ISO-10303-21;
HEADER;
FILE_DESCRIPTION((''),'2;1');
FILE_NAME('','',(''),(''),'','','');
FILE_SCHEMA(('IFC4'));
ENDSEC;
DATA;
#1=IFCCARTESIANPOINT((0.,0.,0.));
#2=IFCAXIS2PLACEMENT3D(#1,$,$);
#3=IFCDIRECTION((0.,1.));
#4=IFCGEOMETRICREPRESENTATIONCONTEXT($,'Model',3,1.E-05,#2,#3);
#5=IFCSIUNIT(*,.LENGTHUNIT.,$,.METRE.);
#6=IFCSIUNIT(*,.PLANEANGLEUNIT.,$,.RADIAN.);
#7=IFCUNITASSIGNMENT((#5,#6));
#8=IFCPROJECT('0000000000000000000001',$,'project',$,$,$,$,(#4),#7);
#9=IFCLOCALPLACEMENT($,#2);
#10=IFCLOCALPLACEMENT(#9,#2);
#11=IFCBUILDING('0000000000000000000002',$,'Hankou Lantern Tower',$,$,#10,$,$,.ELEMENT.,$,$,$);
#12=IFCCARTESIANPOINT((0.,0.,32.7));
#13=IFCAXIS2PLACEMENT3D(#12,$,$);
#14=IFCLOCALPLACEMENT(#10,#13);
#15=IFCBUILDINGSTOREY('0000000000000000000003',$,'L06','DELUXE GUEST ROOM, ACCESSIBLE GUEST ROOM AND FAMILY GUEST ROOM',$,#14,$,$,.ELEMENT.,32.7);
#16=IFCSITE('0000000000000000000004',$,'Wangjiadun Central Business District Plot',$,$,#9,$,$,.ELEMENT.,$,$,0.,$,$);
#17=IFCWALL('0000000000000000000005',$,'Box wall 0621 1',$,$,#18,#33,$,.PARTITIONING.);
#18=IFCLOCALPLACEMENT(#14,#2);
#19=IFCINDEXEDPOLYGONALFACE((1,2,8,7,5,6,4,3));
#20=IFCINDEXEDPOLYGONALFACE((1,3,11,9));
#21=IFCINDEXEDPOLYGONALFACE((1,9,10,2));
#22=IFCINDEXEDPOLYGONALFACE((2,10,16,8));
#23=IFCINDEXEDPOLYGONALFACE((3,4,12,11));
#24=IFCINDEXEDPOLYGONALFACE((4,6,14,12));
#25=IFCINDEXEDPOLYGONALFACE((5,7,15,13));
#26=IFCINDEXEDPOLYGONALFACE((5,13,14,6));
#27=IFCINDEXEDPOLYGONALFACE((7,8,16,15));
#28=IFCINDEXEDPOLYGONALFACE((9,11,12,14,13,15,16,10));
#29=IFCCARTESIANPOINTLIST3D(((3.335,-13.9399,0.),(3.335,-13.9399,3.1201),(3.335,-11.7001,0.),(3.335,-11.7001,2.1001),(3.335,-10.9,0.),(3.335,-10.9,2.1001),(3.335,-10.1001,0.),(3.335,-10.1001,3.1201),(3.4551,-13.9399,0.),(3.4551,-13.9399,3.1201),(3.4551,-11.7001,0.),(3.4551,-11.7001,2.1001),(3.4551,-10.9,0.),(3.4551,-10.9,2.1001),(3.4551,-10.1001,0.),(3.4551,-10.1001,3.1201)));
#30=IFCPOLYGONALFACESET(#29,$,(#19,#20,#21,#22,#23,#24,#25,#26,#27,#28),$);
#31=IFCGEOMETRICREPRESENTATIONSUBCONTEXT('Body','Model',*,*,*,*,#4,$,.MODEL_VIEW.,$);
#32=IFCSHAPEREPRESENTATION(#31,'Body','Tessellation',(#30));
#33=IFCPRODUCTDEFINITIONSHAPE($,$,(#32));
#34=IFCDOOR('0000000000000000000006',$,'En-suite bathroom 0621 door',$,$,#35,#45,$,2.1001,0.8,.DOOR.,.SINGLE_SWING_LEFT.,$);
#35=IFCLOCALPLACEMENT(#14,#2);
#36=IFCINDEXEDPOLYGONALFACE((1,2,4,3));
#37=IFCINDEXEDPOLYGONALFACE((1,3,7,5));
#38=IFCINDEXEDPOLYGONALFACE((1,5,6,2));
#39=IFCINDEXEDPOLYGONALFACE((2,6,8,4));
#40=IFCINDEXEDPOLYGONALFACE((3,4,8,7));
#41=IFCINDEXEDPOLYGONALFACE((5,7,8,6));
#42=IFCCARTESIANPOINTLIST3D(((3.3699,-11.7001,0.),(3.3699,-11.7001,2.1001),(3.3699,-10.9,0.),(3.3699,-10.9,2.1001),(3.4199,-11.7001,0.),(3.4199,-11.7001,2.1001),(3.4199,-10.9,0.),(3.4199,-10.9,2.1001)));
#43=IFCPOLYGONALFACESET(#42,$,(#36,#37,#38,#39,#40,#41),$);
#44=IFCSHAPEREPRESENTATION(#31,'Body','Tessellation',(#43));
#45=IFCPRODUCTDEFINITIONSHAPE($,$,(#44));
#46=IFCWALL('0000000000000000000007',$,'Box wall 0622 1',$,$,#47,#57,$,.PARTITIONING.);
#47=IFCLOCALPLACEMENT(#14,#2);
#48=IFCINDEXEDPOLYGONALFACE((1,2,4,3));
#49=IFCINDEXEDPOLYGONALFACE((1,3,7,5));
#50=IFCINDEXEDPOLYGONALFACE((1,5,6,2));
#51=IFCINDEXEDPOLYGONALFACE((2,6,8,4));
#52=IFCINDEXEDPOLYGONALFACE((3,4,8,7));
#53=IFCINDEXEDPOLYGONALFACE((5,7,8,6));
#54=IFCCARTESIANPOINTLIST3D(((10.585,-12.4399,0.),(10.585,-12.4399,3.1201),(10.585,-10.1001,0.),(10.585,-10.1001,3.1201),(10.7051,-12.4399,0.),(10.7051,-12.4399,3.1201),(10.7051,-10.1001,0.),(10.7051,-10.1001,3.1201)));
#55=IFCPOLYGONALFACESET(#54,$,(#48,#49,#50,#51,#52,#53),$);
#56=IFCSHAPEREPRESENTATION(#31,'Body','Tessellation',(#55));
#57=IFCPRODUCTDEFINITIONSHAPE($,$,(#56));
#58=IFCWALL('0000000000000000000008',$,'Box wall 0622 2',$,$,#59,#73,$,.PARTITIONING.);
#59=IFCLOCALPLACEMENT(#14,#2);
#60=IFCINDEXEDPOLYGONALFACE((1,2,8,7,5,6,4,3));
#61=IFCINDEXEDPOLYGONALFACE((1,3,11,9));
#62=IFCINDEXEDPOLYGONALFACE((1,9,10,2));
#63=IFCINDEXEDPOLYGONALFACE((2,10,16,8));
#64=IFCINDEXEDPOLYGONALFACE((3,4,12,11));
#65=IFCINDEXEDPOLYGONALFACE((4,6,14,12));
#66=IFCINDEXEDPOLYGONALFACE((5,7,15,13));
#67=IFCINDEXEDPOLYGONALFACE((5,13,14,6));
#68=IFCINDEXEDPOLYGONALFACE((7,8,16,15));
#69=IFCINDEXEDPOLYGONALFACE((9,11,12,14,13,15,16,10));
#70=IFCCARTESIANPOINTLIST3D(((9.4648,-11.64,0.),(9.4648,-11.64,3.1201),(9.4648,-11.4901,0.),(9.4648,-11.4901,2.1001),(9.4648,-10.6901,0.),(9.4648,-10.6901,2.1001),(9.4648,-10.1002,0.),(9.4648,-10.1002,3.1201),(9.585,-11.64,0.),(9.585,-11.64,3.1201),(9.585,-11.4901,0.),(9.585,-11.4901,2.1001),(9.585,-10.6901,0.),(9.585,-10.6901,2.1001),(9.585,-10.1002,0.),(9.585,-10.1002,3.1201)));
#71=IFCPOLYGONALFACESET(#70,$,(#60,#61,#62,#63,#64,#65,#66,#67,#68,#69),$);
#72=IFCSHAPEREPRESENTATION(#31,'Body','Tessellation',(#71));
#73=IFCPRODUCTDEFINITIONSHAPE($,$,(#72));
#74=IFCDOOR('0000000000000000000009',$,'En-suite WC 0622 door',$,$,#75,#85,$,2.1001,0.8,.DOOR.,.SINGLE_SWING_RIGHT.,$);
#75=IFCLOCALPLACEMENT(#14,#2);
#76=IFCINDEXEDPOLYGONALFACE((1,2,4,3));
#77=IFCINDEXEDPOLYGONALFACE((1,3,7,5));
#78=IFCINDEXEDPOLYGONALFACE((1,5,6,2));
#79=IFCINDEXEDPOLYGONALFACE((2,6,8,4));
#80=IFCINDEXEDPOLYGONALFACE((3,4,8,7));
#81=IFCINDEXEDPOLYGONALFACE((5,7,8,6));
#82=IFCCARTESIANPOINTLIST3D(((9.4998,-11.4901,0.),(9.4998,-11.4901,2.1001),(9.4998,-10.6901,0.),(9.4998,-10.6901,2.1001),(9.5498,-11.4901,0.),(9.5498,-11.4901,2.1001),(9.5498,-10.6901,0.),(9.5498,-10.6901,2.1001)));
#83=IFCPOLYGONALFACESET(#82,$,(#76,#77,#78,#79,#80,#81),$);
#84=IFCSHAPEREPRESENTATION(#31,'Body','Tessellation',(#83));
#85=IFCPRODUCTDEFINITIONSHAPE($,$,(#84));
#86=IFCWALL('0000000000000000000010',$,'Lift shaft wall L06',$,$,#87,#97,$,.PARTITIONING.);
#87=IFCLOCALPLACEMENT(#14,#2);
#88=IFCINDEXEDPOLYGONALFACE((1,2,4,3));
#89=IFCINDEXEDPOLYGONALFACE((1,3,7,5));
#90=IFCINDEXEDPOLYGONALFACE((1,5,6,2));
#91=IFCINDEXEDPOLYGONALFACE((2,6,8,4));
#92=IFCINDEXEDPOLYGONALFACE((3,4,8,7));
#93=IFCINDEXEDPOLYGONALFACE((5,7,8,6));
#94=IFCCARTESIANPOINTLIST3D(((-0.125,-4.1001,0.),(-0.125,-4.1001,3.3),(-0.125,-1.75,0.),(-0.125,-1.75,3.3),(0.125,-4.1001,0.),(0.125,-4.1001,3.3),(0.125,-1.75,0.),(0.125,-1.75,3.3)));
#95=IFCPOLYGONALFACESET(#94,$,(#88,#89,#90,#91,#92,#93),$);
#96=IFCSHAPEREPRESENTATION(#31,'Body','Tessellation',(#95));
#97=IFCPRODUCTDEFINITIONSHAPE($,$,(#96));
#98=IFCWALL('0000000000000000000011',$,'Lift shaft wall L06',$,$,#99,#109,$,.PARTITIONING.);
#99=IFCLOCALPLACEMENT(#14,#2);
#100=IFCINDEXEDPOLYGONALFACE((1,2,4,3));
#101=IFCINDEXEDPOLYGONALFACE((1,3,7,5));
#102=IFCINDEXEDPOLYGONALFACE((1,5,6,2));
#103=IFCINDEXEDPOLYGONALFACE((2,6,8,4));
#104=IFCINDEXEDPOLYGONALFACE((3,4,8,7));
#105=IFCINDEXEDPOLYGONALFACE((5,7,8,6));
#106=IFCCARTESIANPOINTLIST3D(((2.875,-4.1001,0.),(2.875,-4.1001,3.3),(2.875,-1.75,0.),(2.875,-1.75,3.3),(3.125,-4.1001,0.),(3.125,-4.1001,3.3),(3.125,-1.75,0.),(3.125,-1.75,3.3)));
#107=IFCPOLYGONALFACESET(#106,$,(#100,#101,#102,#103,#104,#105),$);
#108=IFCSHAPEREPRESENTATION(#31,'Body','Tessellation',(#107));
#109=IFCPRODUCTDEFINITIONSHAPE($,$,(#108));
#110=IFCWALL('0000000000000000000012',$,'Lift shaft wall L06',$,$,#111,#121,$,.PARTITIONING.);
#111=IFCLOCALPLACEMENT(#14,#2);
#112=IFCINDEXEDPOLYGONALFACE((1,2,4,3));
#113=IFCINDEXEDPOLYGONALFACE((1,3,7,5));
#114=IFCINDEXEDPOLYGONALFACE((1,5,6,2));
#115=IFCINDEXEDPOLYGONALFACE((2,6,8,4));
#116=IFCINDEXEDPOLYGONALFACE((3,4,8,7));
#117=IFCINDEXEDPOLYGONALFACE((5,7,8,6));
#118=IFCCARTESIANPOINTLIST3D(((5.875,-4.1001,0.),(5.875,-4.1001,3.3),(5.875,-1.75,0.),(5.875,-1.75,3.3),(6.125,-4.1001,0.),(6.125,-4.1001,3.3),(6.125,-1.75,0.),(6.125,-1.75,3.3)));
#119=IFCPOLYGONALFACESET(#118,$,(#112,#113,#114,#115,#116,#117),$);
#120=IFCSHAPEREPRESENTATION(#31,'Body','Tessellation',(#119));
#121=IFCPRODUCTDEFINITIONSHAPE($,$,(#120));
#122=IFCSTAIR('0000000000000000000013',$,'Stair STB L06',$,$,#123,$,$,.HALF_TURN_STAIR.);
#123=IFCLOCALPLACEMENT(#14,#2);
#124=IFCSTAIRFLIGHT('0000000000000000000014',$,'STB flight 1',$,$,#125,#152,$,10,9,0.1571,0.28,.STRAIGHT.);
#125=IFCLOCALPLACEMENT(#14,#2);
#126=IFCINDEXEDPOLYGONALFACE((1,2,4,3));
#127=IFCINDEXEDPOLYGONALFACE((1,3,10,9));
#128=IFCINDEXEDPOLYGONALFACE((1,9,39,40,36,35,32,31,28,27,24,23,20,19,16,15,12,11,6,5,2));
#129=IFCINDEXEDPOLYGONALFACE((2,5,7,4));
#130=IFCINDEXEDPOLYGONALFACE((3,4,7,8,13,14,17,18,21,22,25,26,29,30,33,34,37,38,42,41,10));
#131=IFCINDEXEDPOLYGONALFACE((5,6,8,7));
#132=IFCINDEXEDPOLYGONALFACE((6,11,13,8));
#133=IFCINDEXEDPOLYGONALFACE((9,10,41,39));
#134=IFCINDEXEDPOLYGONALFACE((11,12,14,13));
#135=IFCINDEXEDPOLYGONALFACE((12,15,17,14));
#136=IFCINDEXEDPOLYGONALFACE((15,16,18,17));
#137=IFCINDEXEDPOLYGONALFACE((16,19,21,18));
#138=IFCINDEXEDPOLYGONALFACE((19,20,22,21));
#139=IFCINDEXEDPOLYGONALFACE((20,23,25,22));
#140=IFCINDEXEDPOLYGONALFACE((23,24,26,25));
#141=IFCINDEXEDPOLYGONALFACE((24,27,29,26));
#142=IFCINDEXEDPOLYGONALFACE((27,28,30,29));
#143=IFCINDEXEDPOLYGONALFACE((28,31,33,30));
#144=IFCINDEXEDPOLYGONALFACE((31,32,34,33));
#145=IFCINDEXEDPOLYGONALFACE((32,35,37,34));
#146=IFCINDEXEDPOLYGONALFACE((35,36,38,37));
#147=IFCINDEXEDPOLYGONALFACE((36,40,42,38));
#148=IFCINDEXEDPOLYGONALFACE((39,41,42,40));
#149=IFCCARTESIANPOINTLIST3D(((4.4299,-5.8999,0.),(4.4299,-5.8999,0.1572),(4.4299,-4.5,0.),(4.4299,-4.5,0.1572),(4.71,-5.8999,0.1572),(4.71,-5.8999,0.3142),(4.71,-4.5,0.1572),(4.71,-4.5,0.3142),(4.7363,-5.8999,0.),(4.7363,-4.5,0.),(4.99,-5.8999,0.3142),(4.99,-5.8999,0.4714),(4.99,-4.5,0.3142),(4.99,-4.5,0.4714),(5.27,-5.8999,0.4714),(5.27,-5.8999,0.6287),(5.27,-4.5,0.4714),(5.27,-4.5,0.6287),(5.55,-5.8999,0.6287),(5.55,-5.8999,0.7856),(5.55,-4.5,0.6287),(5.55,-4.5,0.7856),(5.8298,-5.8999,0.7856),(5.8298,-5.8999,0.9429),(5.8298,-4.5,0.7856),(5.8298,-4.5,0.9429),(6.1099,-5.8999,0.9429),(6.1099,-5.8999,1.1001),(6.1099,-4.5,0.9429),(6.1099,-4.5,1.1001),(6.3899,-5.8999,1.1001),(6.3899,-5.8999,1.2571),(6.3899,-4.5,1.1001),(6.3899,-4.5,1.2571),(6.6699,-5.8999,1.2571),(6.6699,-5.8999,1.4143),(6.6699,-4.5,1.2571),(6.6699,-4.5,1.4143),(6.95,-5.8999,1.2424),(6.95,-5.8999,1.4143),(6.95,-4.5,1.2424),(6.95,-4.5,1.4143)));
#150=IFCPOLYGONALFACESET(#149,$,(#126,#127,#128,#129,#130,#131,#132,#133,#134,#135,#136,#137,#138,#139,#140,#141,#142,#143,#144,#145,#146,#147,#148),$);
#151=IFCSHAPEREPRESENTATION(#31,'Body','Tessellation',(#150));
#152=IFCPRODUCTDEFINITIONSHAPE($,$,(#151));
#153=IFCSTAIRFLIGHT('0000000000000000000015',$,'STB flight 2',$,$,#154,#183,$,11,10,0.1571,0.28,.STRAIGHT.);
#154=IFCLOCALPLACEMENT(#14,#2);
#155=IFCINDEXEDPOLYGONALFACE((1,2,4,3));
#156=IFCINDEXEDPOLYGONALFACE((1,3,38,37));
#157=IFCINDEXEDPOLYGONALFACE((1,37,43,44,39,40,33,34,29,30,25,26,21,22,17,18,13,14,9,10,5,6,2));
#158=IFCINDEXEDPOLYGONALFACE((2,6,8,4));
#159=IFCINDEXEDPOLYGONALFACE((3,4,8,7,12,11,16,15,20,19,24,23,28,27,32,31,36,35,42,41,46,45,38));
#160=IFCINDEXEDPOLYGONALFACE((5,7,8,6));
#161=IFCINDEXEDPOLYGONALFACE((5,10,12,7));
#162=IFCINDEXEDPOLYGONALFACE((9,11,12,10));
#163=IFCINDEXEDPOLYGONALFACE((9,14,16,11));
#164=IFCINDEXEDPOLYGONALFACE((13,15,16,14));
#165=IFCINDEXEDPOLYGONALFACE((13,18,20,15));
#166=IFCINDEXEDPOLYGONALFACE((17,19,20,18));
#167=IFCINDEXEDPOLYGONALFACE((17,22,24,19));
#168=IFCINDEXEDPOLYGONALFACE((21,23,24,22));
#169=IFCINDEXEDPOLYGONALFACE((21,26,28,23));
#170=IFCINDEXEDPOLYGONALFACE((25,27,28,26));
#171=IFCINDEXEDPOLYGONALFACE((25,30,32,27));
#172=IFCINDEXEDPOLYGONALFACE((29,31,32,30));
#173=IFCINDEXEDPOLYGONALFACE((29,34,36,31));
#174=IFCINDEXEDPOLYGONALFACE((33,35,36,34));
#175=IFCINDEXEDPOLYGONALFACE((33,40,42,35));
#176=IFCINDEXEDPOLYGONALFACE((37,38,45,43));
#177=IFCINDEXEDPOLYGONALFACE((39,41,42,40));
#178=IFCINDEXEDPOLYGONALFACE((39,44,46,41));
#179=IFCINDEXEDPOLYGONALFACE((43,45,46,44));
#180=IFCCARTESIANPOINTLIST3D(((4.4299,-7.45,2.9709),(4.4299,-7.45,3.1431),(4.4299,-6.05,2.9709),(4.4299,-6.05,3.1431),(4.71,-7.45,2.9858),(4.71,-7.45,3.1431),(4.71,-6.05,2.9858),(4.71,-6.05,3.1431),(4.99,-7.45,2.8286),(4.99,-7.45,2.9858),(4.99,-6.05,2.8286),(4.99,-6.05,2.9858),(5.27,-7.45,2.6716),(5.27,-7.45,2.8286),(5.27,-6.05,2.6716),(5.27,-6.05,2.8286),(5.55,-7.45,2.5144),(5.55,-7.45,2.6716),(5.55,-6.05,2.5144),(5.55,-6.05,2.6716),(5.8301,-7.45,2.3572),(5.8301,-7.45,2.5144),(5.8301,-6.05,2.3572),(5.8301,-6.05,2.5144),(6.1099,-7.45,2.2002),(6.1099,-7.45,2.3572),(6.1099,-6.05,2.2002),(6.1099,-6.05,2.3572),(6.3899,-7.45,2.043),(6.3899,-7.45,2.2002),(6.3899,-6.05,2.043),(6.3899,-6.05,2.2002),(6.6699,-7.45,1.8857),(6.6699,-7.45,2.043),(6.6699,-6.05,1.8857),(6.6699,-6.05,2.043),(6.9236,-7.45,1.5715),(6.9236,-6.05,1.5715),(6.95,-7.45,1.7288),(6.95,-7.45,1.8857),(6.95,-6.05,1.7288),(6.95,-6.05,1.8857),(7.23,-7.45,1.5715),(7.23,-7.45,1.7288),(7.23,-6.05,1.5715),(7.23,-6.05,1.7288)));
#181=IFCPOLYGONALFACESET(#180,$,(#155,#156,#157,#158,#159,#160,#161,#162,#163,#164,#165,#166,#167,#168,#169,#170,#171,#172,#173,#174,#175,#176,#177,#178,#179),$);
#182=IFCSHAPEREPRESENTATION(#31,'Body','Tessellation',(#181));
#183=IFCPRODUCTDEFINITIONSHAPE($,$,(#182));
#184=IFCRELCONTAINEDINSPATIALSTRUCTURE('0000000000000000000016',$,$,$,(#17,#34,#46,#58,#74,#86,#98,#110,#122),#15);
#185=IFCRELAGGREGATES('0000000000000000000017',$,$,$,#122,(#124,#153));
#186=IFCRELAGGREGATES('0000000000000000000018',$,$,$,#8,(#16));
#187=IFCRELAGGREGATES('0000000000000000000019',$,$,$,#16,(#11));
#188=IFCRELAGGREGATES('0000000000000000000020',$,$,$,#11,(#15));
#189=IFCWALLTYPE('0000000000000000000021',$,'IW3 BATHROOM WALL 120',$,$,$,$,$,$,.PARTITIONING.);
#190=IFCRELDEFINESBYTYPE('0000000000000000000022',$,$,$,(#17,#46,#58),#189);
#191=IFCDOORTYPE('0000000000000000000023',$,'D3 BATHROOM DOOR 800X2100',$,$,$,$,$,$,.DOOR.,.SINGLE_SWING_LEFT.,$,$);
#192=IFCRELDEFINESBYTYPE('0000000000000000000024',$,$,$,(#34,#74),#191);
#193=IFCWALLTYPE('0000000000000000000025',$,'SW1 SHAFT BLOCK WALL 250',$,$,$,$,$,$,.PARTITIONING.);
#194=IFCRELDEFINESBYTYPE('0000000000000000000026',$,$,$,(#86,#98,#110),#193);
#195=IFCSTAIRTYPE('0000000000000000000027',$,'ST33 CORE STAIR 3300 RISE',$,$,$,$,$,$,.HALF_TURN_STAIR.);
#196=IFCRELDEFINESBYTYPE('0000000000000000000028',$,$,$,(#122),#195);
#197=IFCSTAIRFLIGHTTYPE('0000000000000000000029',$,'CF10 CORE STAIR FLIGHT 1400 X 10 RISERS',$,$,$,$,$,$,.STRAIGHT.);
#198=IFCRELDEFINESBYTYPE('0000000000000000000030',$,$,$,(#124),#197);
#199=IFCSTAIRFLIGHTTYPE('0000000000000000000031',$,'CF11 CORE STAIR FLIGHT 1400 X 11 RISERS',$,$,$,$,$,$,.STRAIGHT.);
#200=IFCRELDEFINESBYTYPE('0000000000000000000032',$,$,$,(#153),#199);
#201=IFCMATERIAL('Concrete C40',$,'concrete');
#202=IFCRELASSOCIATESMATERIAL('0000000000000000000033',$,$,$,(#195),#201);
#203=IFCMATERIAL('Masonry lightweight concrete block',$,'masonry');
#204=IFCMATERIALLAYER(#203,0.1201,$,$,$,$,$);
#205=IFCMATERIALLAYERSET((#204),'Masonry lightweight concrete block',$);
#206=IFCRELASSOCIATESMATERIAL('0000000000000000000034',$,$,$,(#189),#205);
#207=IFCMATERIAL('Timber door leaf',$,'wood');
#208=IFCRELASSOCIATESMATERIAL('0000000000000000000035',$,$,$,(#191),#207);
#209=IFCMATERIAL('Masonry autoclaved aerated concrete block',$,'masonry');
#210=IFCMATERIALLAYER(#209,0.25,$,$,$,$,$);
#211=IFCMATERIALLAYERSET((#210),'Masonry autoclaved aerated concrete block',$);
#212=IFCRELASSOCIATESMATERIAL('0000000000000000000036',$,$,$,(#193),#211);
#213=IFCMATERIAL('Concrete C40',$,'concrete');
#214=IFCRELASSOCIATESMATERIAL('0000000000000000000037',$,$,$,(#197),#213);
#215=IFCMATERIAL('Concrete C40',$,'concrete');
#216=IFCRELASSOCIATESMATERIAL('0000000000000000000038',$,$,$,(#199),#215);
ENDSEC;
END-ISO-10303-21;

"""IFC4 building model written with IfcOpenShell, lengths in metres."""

from ifc_helpers import new_model, si_unit, direction, frame, frame_2d, origin, place, context, subcontext, project, spatial, polyline, rectangle, outline, extrude, material, layer, layer_set, type_object, element, fill, aggregate, save


model = new_model("IFC4")

# Units and contexts
model_context = context("Model", 3, precision=1e-05, world=origin(), true_north=direction((0.0, 1.0)))
body_context = subcontext(model_context, "Body", "Model", "MODEL_VIEW")
ifc_project = project(units=[si_unit("LENGTHUNIT", "METRE"), si_unit("PLANEANGLEUNIT", "RADIAN")], contexts=[model_context])

# Site, building, storey
site_placement = place(None, origin())
site = spatial("IfcSite", under=ifc_project, at=site_placement, Name="Wangjiadun Central Business District Plot", CompositionType="ELEMENT", RefElevation=0.0)
building_placement = place(site_placement, origin())
building = spatial("IfcBuilding", under=site, at=building_placement, Name="Hankou Lantern Tower", CompositionType="ELEMENT")
storey_placement = place(building_placement, frame((0.0, 0.0, 32.7)))
storey = spatial("IfcBuildingStorey", under=building, at=storey_placement, Name="L06", Description="DELUXE GUEST ROOM, ACCESSIBLE GUEST ROOM AND FAMILY GUEST ROOM", CompositionType="ELEMENT", Elevation=32.7)

# Shared definitions
ifc_material_1 = material(Name="Concrete C40", Category="concrete")
stair_type = type_object("IfcStairType", Name="ST33 CORE STAIR 3300 RISE", PredefinedType="HALF_TURN_STAIR", material=ifc_material_1)

# Wall, opening, door
ifc_material_2 = material(Name="Masonry lightweight concrete block", Category="masonry")
ifc_layer_1 = layer(ifc_material_2, 0.1201)
ifc_layer_set_1 = layer_set([ifc_layer_1], Name="Masonry lightweight concrete block")
wall_type_1 = type_object("IfcWallType", Name="IW3 BATHROOM WALL 120", PredefinedType="PARTITIONING", material=ifc_layer_set_1)
wall_1_placement = place(storey_placement, frame((3.395, -10.1001, 0.0), z_axis=(0.0, 0.0, 1.0), x_axis=(0.0, -1.0, 0.0)))
wall_1 = element("IfcWall", 1, at=wall_1_placement, inside=storey, type_object=wall_type_1, Name="Box wall 0621 1", PredefinedType="PARTITIONING", context=body_context, shape_type="SweptSolid", body=[
    extrude(rectangle(XDim=3.8398, YDim=0.1201, at=frame_2d((1.9199, 0.0))), origin(), (0.0, 0.0, 1.0), 3.1201),
])
opening_1_placement = place(wall_1_placement, frame((0.8, 0.0, 0.0)))
opening_1 = element("IfcOpeningElement", 2, at=opening_1_placement, cuts=wall_1, PredefinedType="OPENING", context=body_context, shape_type="SweptSolid", body=[
    extrude(rectangle(XDim=0.8, YDim=2.1001, at=frame_2d((0.3999, 1.05))), frame((0.0, 0.0701, 0.0), z_axis=(0.0, -1.0, 0.0), x_axis=(1.0, 0.0, 0.0)), (0.0, 0.0, 1.0), 0.1401),
])
ifc_material_3 = material(Name="Timber door leaf", Category="wood")
door_type_1 = type_object("IfcDoorType", Name="D3 BATHROOM DOOR 800X2100", OperationType="SINGLE_SWING_LEFT", PredefinedType="DOOR", material=ifc_material_3)
door_1_placement = place(opening_1_placement, origin())
door_1 = element("IfcDoor", 3, at=door_1_placement, inside=storey, type_object=door_type_1, Name="En-suite bathroom 0621 door", OperationType="SINGLE_SWING_LEFT", OverallHeight=2.1001, OverallWidth=0.8, PredefinedType="DOOR", context=body_context, shape_type="SweptSolid", body=[
    extrude(rectangle(XDim=0.8, YDim=2.1001, at=frame_2d((0.3999, 1.05))), frame((0.0, 0.0249, 0.0), z_axis=(0.0, -1.0, 0.0), x_axis=(1.0, 0.0, 0.0)), (0.0, 0.0, 1.0), 0.05),
])
fill(opening_1, door_1)

# Wall
wall_2_placement = place(storey_placement, frame((10.645, -10.1001, 0.0), z_axis=(0.0, 0.0, 1.0), x_axis=(0.0, -1.0, 0.0)))
element("IfcWall", 4, at=wall_2_placement, inside=storey, type_object=wall_type_1, Name="Box wall 0622 1", PredefinedType="PARTITIONING", context=body_context, shape_type="SweptSolid", body=[
    extrude(rectangle(XDim=2.3398, YDim=0.1201, at=frame_2d((1.1699, 0.0))), origin(), (0.0, 0.0, 1.0), 3.1201),
])

# Wall, opening, door
wall_3_placement = place(storey_placement, frame((9.5249, -10.1001, 0.0), z_axis=(0.0, 0.0, 1.0), x_axis=(0.0, -1.0, 0.0)))
wall_3 = element("IfcWall", 5, at=wall_3_placement, inside=storey, type_object=wall_type_1, Name="Box wall 0622 2", PredefinedType="PARTITIONING", context=body_context, shape_type="SweptSolid", body=[
    extrude(rectangle(XDim=1.5398, YDim=0.1201, at=frame_2d((0.77, 0.0))), origin(), (0.0, 0.0, 1.0), 3.1201),
])
opening_2_placement = place(wall_3_placement, frame((0.5901, 0.0, 0.0)))
opening_2 = element("IfcOpeningElement", 6, at=opening_2_placement, cuts=wall_3, PredefinedType="OPENING", context=body_context, shape_type="SweptSolid", body=[
    extrude(rectangle(XDim=0.8, YDim=2.1001, at=frame_2d((0.3999, 1.05))), frame((0.0, 0.0701, 0.0), z_axis=(0.0, -1.0, 0.0), x_axis=(1.0, 0.0, 0.0)), (0.0, 0.0, 1.0), 0.1401),
])
door_2_placement = place(opening_2_placement, origin())
door_2 = element("IfcDoor", 7, at=door_2_placement, inside=storey, type_object=door_type_1, Name="En-suite WC 0622 door", OperationType="SINGLE_SWING_RIGHT", OverallHeight=2.1001, OverallWidth=0.8, PredefinedType="DOOR", context=body_context, shape_type="SweptSolid", body=[
    extrude(rectangle(XDim=0.8, YDim=2.1001, at=frame_2d((0.3999, 1.05))), frame((0.0, 0.0249, 0.0), z_axis=(0.0, -1.0, 0.0), x_axis=(1.0, 0.0, 0.0)), (0.0, 0.0, 1.0), 0.05),
])
fill(opening_2, door_2)

# Walls
ifc_material_4 = material(Name="Masonry autoclaved aerated concrete block", Category="masonry")
ifc_layer_2 = layer(ifc_material_4, 0.25)
ifc_layer_set_2 = layer_set([ifc_layer_2], Name="Masonry autoclaved aerated concrete block")
wall_type_2 = type_object("IfcWallType", Name="SW1 SHAFT BLOCK WALL 250", PredefinedType="PARTITIONING", material=ifc_layer_set_2)
for number, where, z_axis, x_axis, name in (
    (8, (0.0, -4.1001, 0.0), (0.0, 0.0, 1.0), (0.0, 1.0, 0.0), "Lift shaft wall L06"),
    (9, (3.0, -4.1001, 0.0), (0.0, 0.0, 1.0), (0.0, 1.0, 0.0), "Lift shaft wall L06"),
    (10, (6.0, -4.1001, 0.0), (0.0, 0.0, 1.0), (0.0, 1.0, 0.0), "Lift shaft wall L06"),
):
    element("IfcWall", number, at=place(storey_placement, frame(where, z_axis=z_axis, x_axis=x_axis)), inside=storey, type_object=wall_type_2, Name=name, PredefinedType="PARTITIONING", context=body_context, shape_type="SweptSolid", body=[
        extrude(rectangle(XDim=2.3501, YDim=0.25, at=frame_2d((1.175, 0.0))), origin(), (0.0, 0.0, 1.0), 3.3),
    ])

# Stair, stair flights
stair_1_placement = place(storey_placement, origin())
stair_1 = element("IfcStair", 11, at=stair_1_placement, inside=storey, type_object=stair_type, Name="Stair STB L06", PredefinedType="HALF_TURN_STAIR")
ifc_material_5 = material(Name="Concrete C40", Category="concrete")
stair_flight_type_1 = type_object("IfcStairFlightType", Name="CF10 CORE STAIR FLIGHT 1400 X 10 RISERS", PredefinedType="STRAIGHT", material=ifc_material_5)
stair_flight_1_placement = place(storey_placement, frame((4.4299, -5.2, 0.0), z_axis=(0.0, 0.0, 1.0), x_axis=(1.0, 0.0, 0.0)))
stair_flight_1 = element("IfcStairFlight", 12, at=stair_flight_1_placement, type_object=stair_flight_type_1, Name="STB flight 1", NumberOfRisers=10, NumberOfTreads=9, PredefinedType="STRAIGHT", RiserHeight=0.1571, TreadLength=0.28, context=body_context, shape_type="SweptSolid", body=[
    extrude(outline(polyline([(0.0, 0.0), (0.0, 0.1572), (0.28, 0.1572), (0.28, 0.3142), (0.5601, 0.3142), (0.5601, 0.4714), (0.8401, 0.4714), (0.8401, 0.6287), (1.1201, 0.6287), (1.1201, 0.7856), (1.3999, 0.7856), (1.3999, 0.9429), (1.6799, 0.9429), (1.6799, 1.1001), (1.96, 1.1001), (1.96, 1.2571), (2.24, 1.2571), (2.24, 1.4143), (2.52, 1.4143), (2.52, 1.5715), (2.52, 1.2424), (0.3064, 0.0), (0.0, 0.0)])), frame((0.0, 0.7, 0.0), z_axis=(0.0, -1.0, 0.0), x_axis=(1.0, 0.0, 0.0)), (0.0, 0.0, 1.0), 1.3999),
])
ifc_material_6 = material(Name="Concrete C40", Category="concrete")
stair_flight_type_2 = type_object("IfcStairFlightType", Name="CF11 CORE STAIR FLIGHT 1400 X 11 RISERS", PredefinedType="STRAIGHT", material=ifc_material_6)
stair_flight_2_placement = place(storey_placement, frame((7.23, -6.75, 1.5715), z_axis=(0.0, 0.0, 1.0), x_axis=(-1.0, 0.0, 0.0)))
stair_flight_2 = element("IfcStairFlight", 13, at=stair_flight_2_placement, type_object=stair_flight_type_2, Name="STB flight 2", NumberOfRisers=11, NumberOfTreads=10, PredefinedType="STRAIGHT", RiserHeight=0.1571, TreadLength=0.28, context=body_context, shape_type="SweptSolid", body=[
    extrude(outline(polyline([(0.0, 0.0), (0.0, 0.1572), (0.28, 0.1572), (0.28, 0.3142), (0.5601, 0.3142), (0.5601, 0.4714), (0.8401, 0.4714), (0.8401, 0.6287), (1.1201, 0.6287), (1.1201, 0.7856), (1.3999, 0.7856), (1.3999, 0.9429), (1.6799, 0.9429), (1.6799, 1.1001), (1.96, 1.1001), (1.96, 1.2571), (2.24, 1.2571), (2.24, 1.4143), (2.52, 1.4143), (2.52, 1.5715), (2.8, 1.5715), (2.8, 1.7285), (2.8, 1.3994), (0.3064, 0.0), (0.0, 0.0)])), frame((0.0, 0.7, 0.0), z_axis=(0.0, -1.0, 0.0), x_axis=(1.0, 0.0, 0.0)), (0.0, 0.0, 1.0), 1.3999),
])
aggregate(stair_1, [stair_flight_1, stair_flight_2])

save(model, "model.ifc")
